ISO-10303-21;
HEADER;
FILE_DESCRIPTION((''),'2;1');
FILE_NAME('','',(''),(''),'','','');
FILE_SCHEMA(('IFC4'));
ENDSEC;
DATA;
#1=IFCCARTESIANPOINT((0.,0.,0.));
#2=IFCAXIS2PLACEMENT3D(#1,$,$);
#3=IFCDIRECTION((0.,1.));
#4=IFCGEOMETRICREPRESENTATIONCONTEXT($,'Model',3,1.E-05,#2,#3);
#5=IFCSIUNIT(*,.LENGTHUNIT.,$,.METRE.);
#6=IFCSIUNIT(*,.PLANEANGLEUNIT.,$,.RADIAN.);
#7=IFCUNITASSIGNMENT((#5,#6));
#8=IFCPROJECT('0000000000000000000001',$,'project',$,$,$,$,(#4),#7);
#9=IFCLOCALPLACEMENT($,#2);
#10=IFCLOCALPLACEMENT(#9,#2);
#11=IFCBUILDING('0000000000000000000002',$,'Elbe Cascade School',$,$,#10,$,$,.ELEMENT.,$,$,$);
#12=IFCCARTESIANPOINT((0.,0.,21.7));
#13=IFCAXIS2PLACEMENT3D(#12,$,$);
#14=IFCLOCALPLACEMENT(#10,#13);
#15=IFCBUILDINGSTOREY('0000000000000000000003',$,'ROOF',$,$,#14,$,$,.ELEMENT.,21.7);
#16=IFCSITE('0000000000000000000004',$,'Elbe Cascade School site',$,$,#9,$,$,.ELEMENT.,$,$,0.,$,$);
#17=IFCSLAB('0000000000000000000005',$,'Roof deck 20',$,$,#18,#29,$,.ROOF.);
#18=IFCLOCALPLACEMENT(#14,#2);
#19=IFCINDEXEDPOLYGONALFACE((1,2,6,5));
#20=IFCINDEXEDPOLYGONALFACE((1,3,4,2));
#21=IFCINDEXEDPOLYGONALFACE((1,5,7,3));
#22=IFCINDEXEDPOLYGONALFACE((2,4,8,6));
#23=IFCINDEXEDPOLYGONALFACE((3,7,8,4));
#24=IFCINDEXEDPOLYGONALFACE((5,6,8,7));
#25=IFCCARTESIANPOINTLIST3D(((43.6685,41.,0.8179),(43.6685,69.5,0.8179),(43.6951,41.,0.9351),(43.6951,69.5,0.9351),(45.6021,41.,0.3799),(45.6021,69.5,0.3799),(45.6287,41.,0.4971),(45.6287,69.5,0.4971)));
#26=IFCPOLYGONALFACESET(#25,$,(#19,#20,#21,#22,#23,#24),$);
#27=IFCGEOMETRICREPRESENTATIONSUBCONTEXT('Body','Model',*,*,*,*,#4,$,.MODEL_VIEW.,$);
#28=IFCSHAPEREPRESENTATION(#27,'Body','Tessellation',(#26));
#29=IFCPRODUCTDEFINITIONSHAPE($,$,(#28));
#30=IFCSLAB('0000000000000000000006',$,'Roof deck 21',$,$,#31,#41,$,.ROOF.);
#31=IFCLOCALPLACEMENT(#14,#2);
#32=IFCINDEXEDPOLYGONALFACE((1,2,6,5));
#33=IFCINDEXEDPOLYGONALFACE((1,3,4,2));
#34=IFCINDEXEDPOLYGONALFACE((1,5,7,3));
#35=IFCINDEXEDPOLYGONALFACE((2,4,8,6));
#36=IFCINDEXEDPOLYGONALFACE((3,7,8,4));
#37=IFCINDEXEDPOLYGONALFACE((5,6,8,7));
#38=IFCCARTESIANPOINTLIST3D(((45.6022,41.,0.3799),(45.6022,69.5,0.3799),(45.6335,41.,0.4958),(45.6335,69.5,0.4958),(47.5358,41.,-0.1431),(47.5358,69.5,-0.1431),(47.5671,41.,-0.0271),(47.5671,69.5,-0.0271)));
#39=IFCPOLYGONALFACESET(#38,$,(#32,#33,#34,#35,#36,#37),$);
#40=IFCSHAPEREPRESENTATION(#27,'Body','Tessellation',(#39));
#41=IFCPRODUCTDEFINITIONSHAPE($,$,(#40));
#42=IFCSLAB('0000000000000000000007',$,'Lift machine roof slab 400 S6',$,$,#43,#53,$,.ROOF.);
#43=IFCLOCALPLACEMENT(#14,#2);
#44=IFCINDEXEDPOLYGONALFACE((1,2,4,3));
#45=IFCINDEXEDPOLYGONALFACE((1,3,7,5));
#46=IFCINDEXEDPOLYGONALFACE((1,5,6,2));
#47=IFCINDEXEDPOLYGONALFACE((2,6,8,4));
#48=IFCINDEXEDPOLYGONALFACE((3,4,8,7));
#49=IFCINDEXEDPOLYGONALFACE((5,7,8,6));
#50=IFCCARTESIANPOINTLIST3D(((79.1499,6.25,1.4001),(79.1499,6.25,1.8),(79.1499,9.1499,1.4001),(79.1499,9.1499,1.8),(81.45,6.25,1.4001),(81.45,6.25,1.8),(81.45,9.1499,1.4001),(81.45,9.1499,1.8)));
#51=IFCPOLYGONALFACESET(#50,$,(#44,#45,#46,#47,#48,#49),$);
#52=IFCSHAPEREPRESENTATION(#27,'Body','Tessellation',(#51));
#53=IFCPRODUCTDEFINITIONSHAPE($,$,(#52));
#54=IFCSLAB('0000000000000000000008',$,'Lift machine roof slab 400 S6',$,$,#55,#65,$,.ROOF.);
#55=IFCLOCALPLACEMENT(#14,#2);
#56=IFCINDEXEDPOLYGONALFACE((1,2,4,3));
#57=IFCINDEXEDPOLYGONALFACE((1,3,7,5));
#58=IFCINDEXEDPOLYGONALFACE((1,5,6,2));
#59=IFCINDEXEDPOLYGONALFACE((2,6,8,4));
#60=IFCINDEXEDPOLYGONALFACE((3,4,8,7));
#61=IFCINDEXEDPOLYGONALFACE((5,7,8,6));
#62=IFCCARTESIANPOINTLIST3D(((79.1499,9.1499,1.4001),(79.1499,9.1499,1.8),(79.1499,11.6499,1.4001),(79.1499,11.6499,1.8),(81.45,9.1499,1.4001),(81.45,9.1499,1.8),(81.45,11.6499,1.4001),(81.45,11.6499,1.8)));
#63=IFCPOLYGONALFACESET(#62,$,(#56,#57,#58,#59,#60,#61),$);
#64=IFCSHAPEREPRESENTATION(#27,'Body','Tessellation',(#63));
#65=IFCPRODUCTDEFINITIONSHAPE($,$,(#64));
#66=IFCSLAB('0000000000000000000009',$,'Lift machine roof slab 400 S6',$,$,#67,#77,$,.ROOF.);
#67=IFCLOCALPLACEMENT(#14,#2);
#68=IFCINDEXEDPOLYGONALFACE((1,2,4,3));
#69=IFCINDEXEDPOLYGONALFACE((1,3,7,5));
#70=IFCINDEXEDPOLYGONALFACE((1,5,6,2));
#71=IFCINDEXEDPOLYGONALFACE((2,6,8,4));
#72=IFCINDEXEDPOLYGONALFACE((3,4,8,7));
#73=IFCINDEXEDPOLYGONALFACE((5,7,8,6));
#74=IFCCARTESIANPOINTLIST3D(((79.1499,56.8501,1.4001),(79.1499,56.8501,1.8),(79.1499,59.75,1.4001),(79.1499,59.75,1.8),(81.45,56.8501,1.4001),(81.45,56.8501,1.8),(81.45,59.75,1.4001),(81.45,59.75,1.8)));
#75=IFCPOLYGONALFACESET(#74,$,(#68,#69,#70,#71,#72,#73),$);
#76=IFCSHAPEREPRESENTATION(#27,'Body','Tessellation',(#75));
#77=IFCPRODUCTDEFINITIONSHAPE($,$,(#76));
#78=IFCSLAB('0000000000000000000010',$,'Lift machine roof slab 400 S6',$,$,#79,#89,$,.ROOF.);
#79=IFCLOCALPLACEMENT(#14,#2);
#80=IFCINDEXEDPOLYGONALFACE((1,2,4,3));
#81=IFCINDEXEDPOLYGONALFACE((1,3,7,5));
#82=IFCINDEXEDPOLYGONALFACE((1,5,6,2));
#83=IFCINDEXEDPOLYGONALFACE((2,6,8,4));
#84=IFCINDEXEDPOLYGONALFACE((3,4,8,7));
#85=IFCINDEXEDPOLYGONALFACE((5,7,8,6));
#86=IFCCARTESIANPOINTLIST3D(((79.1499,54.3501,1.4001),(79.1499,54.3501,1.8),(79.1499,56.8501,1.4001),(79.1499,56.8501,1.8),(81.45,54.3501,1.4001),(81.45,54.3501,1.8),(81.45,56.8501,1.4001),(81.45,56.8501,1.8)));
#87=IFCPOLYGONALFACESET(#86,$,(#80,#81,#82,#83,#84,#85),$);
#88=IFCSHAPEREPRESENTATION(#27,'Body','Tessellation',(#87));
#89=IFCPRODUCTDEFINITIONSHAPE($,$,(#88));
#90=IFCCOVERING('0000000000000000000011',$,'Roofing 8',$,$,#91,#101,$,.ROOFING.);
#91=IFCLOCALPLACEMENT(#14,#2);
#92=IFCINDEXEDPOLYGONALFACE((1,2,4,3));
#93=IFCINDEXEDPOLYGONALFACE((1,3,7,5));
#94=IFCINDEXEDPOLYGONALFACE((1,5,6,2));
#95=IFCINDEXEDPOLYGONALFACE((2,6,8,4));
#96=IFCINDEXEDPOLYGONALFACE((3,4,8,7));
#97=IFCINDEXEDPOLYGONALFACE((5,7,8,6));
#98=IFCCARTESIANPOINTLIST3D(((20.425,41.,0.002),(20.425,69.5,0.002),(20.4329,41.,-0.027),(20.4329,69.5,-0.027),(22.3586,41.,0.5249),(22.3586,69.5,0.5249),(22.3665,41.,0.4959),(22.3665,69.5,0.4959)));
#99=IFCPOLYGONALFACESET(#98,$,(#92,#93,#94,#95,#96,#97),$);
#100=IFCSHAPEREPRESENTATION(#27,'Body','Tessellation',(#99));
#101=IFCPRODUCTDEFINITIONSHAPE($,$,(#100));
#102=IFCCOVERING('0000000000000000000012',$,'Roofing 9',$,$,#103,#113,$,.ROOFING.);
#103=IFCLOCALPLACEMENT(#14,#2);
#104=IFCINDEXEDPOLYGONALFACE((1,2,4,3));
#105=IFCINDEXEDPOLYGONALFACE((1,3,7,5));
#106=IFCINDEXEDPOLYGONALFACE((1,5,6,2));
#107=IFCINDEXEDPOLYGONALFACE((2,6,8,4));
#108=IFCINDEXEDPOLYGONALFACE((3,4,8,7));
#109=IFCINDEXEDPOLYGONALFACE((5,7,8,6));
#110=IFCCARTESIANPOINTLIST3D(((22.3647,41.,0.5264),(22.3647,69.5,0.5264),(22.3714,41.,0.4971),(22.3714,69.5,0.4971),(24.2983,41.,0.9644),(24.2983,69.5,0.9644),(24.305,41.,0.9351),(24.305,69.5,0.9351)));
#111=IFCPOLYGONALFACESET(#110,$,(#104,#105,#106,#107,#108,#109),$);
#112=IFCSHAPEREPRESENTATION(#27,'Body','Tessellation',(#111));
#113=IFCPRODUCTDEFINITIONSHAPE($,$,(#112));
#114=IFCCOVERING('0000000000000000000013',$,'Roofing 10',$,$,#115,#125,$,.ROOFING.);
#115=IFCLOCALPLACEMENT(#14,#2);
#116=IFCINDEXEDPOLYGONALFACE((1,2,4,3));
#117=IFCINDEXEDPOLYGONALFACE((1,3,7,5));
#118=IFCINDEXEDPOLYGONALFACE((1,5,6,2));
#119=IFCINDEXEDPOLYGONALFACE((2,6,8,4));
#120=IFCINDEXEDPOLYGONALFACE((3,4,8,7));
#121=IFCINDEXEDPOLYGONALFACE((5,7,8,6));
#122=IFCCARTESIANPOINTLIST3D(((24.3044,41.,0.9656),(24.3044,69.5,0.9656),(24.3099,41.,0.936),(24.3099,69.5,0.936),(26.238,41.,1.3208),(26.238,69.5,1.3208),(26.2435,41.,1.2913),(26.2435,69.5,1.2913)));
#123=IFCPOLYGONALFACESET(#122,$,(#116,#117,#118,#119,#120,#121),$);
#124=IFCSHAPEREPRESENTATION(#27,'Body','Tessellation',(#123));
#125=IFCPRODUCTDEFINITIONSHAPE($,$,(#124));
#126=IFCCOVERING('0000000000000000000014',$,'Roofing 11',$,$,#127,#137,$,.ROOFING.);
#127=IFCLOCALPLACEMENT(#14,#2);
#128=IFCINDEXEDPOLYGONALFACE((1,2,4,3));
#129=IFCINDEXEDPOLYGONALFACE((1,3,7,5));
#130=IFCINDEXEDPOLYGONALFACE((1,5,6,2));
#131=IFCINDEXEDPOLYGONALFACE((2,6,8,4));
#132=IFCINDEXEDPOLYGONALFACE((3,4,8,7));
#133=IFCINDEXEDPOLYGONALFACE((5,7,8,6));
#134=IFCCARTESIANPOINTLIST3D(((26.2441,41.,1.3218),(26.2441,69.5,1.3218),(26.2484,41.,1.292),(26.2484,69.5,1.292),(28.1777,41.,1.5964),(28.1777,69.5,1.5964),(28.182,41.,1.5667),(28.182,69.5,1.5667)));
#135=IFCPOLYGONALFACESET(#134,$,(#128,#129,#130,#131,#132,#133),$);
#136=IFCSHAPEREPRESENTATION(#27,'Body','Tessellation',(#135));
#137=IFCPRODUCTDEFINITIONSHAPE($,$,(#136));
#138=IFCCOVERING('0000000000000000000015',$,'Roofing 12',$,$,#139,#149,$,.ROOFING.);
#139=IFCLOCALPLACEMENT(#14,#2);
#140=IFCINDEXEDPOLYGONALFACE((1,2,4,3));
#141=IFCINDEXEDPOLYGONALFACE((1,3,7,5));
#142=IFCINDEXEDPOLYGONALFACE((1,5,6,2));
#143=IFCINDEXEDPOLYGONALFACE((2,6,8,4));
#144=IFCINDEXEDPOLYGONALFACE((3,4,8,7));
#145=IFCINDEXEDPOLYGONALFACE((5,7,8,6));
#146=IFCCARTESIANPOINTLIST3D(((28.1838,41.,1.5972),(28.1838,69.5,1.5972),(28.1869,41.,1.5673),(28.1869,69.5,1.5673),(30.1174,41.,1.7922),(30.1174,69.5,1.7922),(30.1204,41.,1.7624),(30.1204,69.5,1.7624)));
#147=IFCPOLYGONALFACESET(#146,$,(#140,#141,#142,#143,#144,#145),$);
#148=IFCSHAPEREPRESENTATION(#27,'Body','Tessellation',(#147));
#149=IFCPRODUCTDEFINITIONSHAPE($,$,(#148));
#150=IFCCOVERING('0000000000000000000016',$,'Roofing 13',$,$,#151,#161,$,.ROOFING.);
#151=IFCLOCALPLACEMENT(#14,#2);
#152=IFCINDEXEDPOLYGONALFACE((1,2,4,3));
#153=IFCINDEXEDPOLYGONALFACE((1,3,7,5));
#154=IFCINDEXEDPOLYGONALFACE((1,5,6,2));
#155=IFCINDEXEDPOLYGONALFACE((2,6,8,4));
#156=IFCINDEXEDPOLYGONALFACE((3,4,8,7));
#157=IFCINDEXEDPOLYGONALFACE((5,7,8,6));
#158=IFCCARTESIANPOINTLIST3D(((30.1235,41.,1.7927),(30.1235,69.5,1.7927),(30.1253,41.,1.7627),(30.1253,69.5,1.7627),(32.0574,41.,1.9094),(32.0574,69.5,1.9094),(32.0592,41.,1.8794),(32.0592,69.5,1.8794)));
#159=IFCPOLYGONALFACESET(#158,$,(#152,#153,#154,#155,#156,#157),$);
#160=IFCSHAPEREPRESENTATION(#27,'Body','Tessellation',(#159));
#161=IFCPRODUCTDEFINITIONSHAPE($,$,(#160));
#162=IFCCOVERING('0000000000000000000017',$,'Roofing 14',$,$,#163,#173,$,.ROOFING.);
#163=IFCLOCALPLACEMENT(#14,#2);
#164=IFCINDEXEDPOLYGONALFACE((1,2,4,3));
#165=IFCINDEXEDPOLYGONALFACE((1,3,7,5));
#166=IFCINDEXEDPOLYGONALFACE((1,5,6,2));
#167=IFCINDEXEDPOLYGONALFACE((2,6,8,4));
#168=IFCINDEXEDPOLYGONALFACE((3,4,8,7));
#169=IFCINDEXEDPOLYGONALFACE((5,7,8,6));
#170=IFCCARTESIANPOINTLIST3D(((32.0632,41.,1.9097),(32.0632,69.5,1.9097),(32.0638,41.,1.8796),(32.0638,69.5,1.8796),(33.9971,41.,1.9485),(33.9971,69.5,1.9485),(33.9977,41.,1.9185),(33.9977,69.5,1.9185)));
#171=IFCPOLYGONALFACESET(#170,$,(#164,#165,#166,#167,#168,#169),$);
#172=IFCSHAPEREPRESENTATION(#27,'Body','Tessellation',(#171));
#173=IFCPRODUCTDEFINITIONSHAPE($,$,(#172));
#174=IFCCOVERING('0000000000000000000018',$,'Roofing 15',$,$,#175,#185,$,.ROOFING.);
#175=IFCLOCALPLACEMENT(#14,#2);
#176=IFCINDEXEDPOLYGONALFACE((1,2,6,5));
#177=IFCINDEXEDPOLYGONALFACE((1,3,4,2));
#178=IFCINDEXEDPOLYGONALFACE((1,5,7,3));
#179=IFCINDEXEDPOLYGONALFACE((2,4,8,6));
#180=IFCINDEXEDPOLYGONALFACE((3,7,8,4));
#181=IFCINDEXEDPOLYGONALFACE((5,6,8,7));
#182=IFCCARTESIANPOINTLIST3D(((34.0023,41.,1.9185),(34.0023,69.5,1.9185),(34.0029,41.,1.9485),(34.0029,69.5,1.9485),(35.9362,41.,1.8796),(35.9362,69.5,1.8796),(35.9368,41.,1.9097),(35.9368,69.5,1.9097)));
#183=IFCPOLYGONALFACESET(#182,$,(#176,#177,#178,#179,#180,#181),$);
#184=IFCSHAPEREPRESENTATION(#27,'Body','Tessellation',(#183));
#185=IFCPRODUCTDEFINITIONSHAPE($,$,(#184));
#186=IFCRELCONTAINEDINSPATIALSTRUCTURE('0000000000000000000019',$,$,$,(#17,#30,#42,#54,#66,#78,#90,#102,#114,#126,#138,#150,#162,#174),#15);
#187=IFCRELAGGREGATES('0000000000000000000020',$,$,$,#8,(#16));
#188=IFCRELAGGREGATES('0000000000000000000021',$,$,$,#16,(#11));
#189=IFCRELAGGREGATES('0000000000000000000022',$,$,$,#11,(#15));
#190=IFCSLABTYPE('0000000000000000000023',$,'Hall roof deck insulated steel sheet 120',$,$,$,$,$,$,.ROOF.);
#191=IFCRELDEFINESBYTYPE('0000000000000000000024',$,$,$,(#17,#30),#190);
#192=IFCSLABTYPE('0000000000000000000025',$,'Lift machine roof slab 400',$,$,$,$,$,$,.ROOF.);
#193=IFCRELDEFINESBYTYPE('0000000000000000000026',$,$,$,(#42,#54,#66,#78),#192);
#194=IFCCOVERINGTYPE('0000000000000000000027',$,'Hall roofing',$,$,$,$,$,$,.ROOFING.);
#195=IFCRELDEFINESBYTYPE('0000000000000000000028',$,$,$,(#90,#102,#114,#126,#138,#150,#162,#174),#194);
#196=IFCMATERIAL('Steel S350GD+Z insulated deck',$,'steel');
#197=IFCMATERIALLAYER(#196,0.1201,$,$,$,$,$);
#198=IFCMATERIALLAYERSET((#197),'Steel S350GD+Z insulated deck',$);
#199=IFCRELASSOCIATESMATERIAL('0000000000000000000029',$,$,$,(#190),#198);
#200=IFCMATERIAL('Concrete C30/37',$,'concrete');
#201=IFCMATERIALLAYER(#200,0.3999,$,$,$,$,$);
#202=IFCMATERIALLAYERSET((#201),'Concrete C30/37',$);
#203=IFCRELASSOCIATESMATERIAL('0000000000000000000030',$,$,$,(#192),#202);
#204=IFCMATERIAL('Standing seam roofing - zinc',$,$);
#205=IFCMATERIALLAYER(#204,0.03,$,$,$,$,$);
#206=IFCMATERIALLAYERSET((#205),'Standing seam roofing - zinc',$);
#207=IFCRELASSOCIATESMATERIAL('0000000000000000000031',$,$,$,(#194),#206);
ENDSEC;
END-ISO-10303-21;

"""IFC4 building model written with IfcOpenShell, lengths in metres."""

from ifc_helpers import new_model, si_unit, direction, frame, origin, place, context, subcontext, project, spatial, polyline, outline, extrude, material, layer, layer_set, type_object, element, save


model = new_model("IFC4")

# Units and contexts
model_context = context("Model", 3, precision=1e-05, world=origin(), true_north=direction((0.0, 1.0)))
body_context = subcontext(model_context, "Body", "Model", "MODEL_VIEW")
ifc_project = project(units=[si_unit("LENGTHUNIT", "METRE"), si_unit("PLANEANGLEUNIT", "RADIAN")], contexts=[model_context])

# Site, building, storey
site_placement = place(None, origin())
site = spatial("IfcSite", under=ifc_project, at=site_placement, Name="Elbe Cascade School site", CompositionType="ELEMENT", RefElevation=0.0)
building_placement = place(site_placement, origin())
building = spatial("IfcBuilding", under=site, at=building_placement, Name="Elbe Cascade School", CompositionType="ELEMENT")
storey_placement = place(building_placement, frame((0.0, 0.0, 21.7)))
storey = spatial("IfcBuildingStorey", under=building, at=storey_placement, Name="ROOF", CompositionType="ELEMENT", Elevation=21.7)

# Slabs
ifc_material_1 = material(Name="Steel S350GD+Z insulated deck", Category="steel")
ifc_layer_1 = layer(ifc_material_1, 0.1201)
ifc_layer_set_1 = layer_set([ifc_layer_1], Name="Steel S350GD+Z insulated deck")
slab_type_1 = type_object("IfcSlabType", Name="Hall roof deck insulated steel sheet 120", PredefinedType="ROOF", material=ifc_layer_set_1)
slab_1_placement = place(storey_placement, frame((43.6951, 41.0, 0.9351), z_axis=(0.220918, 0.0, 0.975292), x_axis=(0.975292, 0.0, -0.220918)))
element("IfcSlab", 1, at=slab_1_placement, inside=storey, type_object=slab_type_1, Name="Roof deck 20", PredefinedType="ROOF", context=body_context, shape_type="SweptSolid", body=[
    extrude(outline(polyline([(0.0, 0.0), (1.9826, 0.0), (1.9826, 28.5), (0.0, 28.5), (0.0, 0.0)])), origin(), (0.0, 0.0, -1.0), 0.1201),
])
slab_2_placement = place(storey_placement, frame((45.6335, 41.0, 0.4958), z_axis=(0.261075, 0.0, 0.965319), x_axis=(0.965319, 0.0, -0.261075)))
element("IfcSlab", 2, at=slab_2_placement, inside=storey, type_object=slab_type_1, Name="Roof deck 21", PredefinedType="ROOF", context=body_context, shape_type="SweptSolid", body=[
    extrude(outline(polyline([(0.0, 0.0), (2.0031, 0.0), (2.0031, 28.5), (0.0, 28.5), (0.0, 0.0)])), origin(), (0.0, 0.0, -1.0), 0.1201),
])
ifc_material_2 = material(Name="Concrete C30/37", Category="concrete")
ifc_layer_2 = layer(ifc_material_2, 0.3999)
ifc_layer_set_2 = layer_set([ifc_layer_2], Name="Concrete C30/37")
slab_type_2 = type_object("IfcSlabType", Name="Lift machine roof slab 400", PredefinedType="ROOF", material=ifc_layer_set_2)
slab_3_placement = place(storey_placement, frame((0.0, 0.0, 1.4001)))
element("IfcSlab", 3, at=slab_3_placement, inside=storey, type_object=slab_type_2, Name="Lift machine roof slab 400 S6", PredefinedType="ROOF", context=body_context, shape_type="SweptSolid", body=[
    extrude(outline(polyline([(79.1499, 6.25), (81.45, 6.25), (81.45, 9.1499), (79.1499, 9.1499), (79.1499, 6.25)])), origin(), (0.0, 0.0, 1.0), 0.3999),
])
slab_4_placement = place(storey_placement, frame((0.0, 0.0, 1.4001)))
element("IfcSlab", 4, at=slab_4_placement, inside=storey, type_object=slab_type_2, Name="Lift machine roof slab 400 S6", PredefinedType="ROOF", context=body_context, shape_type="SweptSolid", body=[
    extrude(outline(polyline([(79.1499, 9.1499), (81.45, 9.1499), (81.45, 11.6499), (79.1499, 11.6499), (79.1499, 9.1499)])), origin(), (0.0, 0.0, 1.0), 0.3999),
])
slab_5_placement = place(storey_placement, frame((0.0, 0.0, 1.4001)))
element("IfcSlab", 5, at=slab_5_placement, inside=storey, type_object=slab_type_2, Name="Lift machine roof slab 400 S6", PredefinedType="ROOF", context=body_context, shape_type="SweptSolid", body=[
    extrude(outline(polyline([(79.1499, 56.8501), (81.45, 56.8501), (81.45, 59.75), (79.1499, 59.75), (79.1499, 56.8501)])), origin(), (0.0, 0.0, 1.0), 0.3999),
])
slab_6_placement = place(storey_placement, frame((0.0, 0.0, 1.4001)))
element("IfcSlab", 6, at=slab_6_placement, inside=storey, type_object=slab_type_2, Name="Lift machine roof slab 400 S6", PredefinedType="ROOF", context=body_context, shape_type="SweptSolid", body=[
    extrude(outline(polyline([(79.1499, 54.3501), (81.45, 54.3501), (81.45, 56.8501), (79.1499, 56.8501), (79.1499, 54.3501)])), origin(), (0.0, 0.0, 1.0), 0.3999),
])

# Coverings
ifc_material_3 = material(Name="Standing seam roofing - zinc")
ifc_layer_3 = layer(ifc_material_3, 0.03)
ifc_layer_set_3 = layer_set([ifc_layer_3], Name="Standing seam roofing - zinc")
covering_type = type_object("IfcCoveringType", Name="Hall roofing", PredefinedType="ROOFING", material=ifc_layer_set_3)
covering_1_placement = place(storey_placement, frame((20.425, 41.0, 0.002), z_axis=(-0.261075, 0.0, 0.965319), x_axis=(0.965319, 0.0, 0.261075)))
element("IfcCovering", 7, at=covering_1_placement, inside=storey, type_object=covering_type, Name="Roofing 8", PredefinedType="ROOFING", context=body_context, shape_type="SweptSolid", body=[
    extrude(outline(polyline([(0.0, 0.0), (2.0031, 0.0), (2.0031, 28.5), (0.0, 28.5), (0.0, 0.0)])), origin(), (0.0, 0.0, -1.0), 0.03),
])
covering_2_placement = place(storey_placement, frame((22.3647, 41.0, 0.5264), z_axis=(-0.220918, 0.0, 0.975292), x_axis=(0.975292, 0.0, 0.220918)))
element("IfcCovering", 8, at=covering_2_placement, inside=storey, type_object=covering_type, Name="Roofing 9", PredefinedType="ROOFING", context=body_context, shape_type="SweptSolid", body=[
    extrude(outline(polyline([(0.0, 0.0), (1.9826, 0.0), (1.9826, 28.5), (0.0, 28.5), (0.0, 0.0)])), origin(), (0.0, 0.0, -1.0), 0.03),
])
covering_3_placement = place(storey_placement, frame((24.3044, 41.0, 0.9656), z_axis=(-0.180688, 0.0, 0.98354), x_axis=(0.98354, 0.0, 0.180688)))
element("IfcCovering", 9, at=covering_3_placement, inside=storey, type_object=covering_type, Name="Roofing 10", PredefinedType="ROOFING", context=body_context, shape_type="SweptSolid", body=[
    extrude(outline(polyline([(0.0, 0.0), (1.966, 0.0), (1.966, 28.5), (0.0, 28.5), (0.0, 0.0)])), origin(), (0.0, 0.0, -1.0), 0.03),
])
covering_4_placement = place(storey_placement, frame((26.2441, 41.0, 1.3218), z_axis=(-0.140634, 0.0, 0.990062), x_axis=(0.990062, 0.0, 0.140634)))
element("IfcCovering", 10, at=covering_4_placement, inside=storey, type_object=covering_type, Name="Roofing 11", PredefinedType="ROOFING", context=body_context, shape_type="SweptSolid", body=[
    extrude(outline(polyline([(0.0, 0.0), (1.953, 0.0), (1.953, 28.5), (0.0, 28.5), (0.0, 0.0)])), origin(), (0.0, 0.0, -1.0), 0.03),
])
covering_5_placement = place(storey_placement, frame((28.1838, 41.0, 1.5972), z_axis=(-0.100374, 0.0, 0.99495), x_axis=(0.99495, 0.0, 0.100374)))
element("IfcCovering", 11, at=covering_5_placement, inside=storey, type_object=covering_type, Name="Roofing 12", PredefinedType="ROOFING", context=body_context, shape_type="SweptSolid", body=[
    extrude(outline(polyline([(0.0, 0.0), (1.9434, 0.0), (1.9434, 28.5), (0.0, 28.5), (0.0, 0.0)])), origin(), (0.0, 0.0, -1.0), 0.03),
])
covering_6_placement = place(storey_placement, frame((30.1235, 41.0, 1.7927), z_axis=(-0.060236, 0.0, 0.998184), x_axis=(0.998184, 0.0, 0.060236)))
element("IfcCovering", 12, at=covering_6_placement, inside=storey, type_object=covering_type, Name="Roofing 13", PredefinedType="ROOFING", context=body_context, shape_type="SweptSolid", body=[
    extrude(outline(polyline([(0.0, 0.0), (1.9374, 0.0), (1.9374, 28.5), (0.0, 28.5), (0.0, 0.0)])), origin(), (0.0, 0.0, -1.0), 0.03),
])
for number, where, z_axis, x_axis, name in (
    (13, (32.0632, 41.0, 1.9097), (-0.020069, 0.0, 0.999799), (0.999799, 0.0, 0.020069), "Roofing 14"),
    (14, (34.0029, 41.0, 1.9485), (0.020069, 0.0, 0.999799), (0.999799, 0.0, -0.020069), "Roofing 15"),
):
    element("IfcCovering", number, at=place(storey_placement, frame(where, z_axis=z_axis, x_axis=x_axis)), inside=storey, type_object=covering_type, Name=name, PredefinedType="ROOFING", context=body_context, shape_type="SweptSolid", body=[
        extrude(outline(polyline([(0.0, 0.0), (1.9342, 0.0), (1.9342, 28.5), (0.0, 28.5), (0.0, 0.0)])), origin(), (0.0, 0.0, -1.0), 0.03),
    ])

save(model, "model.ifc")
